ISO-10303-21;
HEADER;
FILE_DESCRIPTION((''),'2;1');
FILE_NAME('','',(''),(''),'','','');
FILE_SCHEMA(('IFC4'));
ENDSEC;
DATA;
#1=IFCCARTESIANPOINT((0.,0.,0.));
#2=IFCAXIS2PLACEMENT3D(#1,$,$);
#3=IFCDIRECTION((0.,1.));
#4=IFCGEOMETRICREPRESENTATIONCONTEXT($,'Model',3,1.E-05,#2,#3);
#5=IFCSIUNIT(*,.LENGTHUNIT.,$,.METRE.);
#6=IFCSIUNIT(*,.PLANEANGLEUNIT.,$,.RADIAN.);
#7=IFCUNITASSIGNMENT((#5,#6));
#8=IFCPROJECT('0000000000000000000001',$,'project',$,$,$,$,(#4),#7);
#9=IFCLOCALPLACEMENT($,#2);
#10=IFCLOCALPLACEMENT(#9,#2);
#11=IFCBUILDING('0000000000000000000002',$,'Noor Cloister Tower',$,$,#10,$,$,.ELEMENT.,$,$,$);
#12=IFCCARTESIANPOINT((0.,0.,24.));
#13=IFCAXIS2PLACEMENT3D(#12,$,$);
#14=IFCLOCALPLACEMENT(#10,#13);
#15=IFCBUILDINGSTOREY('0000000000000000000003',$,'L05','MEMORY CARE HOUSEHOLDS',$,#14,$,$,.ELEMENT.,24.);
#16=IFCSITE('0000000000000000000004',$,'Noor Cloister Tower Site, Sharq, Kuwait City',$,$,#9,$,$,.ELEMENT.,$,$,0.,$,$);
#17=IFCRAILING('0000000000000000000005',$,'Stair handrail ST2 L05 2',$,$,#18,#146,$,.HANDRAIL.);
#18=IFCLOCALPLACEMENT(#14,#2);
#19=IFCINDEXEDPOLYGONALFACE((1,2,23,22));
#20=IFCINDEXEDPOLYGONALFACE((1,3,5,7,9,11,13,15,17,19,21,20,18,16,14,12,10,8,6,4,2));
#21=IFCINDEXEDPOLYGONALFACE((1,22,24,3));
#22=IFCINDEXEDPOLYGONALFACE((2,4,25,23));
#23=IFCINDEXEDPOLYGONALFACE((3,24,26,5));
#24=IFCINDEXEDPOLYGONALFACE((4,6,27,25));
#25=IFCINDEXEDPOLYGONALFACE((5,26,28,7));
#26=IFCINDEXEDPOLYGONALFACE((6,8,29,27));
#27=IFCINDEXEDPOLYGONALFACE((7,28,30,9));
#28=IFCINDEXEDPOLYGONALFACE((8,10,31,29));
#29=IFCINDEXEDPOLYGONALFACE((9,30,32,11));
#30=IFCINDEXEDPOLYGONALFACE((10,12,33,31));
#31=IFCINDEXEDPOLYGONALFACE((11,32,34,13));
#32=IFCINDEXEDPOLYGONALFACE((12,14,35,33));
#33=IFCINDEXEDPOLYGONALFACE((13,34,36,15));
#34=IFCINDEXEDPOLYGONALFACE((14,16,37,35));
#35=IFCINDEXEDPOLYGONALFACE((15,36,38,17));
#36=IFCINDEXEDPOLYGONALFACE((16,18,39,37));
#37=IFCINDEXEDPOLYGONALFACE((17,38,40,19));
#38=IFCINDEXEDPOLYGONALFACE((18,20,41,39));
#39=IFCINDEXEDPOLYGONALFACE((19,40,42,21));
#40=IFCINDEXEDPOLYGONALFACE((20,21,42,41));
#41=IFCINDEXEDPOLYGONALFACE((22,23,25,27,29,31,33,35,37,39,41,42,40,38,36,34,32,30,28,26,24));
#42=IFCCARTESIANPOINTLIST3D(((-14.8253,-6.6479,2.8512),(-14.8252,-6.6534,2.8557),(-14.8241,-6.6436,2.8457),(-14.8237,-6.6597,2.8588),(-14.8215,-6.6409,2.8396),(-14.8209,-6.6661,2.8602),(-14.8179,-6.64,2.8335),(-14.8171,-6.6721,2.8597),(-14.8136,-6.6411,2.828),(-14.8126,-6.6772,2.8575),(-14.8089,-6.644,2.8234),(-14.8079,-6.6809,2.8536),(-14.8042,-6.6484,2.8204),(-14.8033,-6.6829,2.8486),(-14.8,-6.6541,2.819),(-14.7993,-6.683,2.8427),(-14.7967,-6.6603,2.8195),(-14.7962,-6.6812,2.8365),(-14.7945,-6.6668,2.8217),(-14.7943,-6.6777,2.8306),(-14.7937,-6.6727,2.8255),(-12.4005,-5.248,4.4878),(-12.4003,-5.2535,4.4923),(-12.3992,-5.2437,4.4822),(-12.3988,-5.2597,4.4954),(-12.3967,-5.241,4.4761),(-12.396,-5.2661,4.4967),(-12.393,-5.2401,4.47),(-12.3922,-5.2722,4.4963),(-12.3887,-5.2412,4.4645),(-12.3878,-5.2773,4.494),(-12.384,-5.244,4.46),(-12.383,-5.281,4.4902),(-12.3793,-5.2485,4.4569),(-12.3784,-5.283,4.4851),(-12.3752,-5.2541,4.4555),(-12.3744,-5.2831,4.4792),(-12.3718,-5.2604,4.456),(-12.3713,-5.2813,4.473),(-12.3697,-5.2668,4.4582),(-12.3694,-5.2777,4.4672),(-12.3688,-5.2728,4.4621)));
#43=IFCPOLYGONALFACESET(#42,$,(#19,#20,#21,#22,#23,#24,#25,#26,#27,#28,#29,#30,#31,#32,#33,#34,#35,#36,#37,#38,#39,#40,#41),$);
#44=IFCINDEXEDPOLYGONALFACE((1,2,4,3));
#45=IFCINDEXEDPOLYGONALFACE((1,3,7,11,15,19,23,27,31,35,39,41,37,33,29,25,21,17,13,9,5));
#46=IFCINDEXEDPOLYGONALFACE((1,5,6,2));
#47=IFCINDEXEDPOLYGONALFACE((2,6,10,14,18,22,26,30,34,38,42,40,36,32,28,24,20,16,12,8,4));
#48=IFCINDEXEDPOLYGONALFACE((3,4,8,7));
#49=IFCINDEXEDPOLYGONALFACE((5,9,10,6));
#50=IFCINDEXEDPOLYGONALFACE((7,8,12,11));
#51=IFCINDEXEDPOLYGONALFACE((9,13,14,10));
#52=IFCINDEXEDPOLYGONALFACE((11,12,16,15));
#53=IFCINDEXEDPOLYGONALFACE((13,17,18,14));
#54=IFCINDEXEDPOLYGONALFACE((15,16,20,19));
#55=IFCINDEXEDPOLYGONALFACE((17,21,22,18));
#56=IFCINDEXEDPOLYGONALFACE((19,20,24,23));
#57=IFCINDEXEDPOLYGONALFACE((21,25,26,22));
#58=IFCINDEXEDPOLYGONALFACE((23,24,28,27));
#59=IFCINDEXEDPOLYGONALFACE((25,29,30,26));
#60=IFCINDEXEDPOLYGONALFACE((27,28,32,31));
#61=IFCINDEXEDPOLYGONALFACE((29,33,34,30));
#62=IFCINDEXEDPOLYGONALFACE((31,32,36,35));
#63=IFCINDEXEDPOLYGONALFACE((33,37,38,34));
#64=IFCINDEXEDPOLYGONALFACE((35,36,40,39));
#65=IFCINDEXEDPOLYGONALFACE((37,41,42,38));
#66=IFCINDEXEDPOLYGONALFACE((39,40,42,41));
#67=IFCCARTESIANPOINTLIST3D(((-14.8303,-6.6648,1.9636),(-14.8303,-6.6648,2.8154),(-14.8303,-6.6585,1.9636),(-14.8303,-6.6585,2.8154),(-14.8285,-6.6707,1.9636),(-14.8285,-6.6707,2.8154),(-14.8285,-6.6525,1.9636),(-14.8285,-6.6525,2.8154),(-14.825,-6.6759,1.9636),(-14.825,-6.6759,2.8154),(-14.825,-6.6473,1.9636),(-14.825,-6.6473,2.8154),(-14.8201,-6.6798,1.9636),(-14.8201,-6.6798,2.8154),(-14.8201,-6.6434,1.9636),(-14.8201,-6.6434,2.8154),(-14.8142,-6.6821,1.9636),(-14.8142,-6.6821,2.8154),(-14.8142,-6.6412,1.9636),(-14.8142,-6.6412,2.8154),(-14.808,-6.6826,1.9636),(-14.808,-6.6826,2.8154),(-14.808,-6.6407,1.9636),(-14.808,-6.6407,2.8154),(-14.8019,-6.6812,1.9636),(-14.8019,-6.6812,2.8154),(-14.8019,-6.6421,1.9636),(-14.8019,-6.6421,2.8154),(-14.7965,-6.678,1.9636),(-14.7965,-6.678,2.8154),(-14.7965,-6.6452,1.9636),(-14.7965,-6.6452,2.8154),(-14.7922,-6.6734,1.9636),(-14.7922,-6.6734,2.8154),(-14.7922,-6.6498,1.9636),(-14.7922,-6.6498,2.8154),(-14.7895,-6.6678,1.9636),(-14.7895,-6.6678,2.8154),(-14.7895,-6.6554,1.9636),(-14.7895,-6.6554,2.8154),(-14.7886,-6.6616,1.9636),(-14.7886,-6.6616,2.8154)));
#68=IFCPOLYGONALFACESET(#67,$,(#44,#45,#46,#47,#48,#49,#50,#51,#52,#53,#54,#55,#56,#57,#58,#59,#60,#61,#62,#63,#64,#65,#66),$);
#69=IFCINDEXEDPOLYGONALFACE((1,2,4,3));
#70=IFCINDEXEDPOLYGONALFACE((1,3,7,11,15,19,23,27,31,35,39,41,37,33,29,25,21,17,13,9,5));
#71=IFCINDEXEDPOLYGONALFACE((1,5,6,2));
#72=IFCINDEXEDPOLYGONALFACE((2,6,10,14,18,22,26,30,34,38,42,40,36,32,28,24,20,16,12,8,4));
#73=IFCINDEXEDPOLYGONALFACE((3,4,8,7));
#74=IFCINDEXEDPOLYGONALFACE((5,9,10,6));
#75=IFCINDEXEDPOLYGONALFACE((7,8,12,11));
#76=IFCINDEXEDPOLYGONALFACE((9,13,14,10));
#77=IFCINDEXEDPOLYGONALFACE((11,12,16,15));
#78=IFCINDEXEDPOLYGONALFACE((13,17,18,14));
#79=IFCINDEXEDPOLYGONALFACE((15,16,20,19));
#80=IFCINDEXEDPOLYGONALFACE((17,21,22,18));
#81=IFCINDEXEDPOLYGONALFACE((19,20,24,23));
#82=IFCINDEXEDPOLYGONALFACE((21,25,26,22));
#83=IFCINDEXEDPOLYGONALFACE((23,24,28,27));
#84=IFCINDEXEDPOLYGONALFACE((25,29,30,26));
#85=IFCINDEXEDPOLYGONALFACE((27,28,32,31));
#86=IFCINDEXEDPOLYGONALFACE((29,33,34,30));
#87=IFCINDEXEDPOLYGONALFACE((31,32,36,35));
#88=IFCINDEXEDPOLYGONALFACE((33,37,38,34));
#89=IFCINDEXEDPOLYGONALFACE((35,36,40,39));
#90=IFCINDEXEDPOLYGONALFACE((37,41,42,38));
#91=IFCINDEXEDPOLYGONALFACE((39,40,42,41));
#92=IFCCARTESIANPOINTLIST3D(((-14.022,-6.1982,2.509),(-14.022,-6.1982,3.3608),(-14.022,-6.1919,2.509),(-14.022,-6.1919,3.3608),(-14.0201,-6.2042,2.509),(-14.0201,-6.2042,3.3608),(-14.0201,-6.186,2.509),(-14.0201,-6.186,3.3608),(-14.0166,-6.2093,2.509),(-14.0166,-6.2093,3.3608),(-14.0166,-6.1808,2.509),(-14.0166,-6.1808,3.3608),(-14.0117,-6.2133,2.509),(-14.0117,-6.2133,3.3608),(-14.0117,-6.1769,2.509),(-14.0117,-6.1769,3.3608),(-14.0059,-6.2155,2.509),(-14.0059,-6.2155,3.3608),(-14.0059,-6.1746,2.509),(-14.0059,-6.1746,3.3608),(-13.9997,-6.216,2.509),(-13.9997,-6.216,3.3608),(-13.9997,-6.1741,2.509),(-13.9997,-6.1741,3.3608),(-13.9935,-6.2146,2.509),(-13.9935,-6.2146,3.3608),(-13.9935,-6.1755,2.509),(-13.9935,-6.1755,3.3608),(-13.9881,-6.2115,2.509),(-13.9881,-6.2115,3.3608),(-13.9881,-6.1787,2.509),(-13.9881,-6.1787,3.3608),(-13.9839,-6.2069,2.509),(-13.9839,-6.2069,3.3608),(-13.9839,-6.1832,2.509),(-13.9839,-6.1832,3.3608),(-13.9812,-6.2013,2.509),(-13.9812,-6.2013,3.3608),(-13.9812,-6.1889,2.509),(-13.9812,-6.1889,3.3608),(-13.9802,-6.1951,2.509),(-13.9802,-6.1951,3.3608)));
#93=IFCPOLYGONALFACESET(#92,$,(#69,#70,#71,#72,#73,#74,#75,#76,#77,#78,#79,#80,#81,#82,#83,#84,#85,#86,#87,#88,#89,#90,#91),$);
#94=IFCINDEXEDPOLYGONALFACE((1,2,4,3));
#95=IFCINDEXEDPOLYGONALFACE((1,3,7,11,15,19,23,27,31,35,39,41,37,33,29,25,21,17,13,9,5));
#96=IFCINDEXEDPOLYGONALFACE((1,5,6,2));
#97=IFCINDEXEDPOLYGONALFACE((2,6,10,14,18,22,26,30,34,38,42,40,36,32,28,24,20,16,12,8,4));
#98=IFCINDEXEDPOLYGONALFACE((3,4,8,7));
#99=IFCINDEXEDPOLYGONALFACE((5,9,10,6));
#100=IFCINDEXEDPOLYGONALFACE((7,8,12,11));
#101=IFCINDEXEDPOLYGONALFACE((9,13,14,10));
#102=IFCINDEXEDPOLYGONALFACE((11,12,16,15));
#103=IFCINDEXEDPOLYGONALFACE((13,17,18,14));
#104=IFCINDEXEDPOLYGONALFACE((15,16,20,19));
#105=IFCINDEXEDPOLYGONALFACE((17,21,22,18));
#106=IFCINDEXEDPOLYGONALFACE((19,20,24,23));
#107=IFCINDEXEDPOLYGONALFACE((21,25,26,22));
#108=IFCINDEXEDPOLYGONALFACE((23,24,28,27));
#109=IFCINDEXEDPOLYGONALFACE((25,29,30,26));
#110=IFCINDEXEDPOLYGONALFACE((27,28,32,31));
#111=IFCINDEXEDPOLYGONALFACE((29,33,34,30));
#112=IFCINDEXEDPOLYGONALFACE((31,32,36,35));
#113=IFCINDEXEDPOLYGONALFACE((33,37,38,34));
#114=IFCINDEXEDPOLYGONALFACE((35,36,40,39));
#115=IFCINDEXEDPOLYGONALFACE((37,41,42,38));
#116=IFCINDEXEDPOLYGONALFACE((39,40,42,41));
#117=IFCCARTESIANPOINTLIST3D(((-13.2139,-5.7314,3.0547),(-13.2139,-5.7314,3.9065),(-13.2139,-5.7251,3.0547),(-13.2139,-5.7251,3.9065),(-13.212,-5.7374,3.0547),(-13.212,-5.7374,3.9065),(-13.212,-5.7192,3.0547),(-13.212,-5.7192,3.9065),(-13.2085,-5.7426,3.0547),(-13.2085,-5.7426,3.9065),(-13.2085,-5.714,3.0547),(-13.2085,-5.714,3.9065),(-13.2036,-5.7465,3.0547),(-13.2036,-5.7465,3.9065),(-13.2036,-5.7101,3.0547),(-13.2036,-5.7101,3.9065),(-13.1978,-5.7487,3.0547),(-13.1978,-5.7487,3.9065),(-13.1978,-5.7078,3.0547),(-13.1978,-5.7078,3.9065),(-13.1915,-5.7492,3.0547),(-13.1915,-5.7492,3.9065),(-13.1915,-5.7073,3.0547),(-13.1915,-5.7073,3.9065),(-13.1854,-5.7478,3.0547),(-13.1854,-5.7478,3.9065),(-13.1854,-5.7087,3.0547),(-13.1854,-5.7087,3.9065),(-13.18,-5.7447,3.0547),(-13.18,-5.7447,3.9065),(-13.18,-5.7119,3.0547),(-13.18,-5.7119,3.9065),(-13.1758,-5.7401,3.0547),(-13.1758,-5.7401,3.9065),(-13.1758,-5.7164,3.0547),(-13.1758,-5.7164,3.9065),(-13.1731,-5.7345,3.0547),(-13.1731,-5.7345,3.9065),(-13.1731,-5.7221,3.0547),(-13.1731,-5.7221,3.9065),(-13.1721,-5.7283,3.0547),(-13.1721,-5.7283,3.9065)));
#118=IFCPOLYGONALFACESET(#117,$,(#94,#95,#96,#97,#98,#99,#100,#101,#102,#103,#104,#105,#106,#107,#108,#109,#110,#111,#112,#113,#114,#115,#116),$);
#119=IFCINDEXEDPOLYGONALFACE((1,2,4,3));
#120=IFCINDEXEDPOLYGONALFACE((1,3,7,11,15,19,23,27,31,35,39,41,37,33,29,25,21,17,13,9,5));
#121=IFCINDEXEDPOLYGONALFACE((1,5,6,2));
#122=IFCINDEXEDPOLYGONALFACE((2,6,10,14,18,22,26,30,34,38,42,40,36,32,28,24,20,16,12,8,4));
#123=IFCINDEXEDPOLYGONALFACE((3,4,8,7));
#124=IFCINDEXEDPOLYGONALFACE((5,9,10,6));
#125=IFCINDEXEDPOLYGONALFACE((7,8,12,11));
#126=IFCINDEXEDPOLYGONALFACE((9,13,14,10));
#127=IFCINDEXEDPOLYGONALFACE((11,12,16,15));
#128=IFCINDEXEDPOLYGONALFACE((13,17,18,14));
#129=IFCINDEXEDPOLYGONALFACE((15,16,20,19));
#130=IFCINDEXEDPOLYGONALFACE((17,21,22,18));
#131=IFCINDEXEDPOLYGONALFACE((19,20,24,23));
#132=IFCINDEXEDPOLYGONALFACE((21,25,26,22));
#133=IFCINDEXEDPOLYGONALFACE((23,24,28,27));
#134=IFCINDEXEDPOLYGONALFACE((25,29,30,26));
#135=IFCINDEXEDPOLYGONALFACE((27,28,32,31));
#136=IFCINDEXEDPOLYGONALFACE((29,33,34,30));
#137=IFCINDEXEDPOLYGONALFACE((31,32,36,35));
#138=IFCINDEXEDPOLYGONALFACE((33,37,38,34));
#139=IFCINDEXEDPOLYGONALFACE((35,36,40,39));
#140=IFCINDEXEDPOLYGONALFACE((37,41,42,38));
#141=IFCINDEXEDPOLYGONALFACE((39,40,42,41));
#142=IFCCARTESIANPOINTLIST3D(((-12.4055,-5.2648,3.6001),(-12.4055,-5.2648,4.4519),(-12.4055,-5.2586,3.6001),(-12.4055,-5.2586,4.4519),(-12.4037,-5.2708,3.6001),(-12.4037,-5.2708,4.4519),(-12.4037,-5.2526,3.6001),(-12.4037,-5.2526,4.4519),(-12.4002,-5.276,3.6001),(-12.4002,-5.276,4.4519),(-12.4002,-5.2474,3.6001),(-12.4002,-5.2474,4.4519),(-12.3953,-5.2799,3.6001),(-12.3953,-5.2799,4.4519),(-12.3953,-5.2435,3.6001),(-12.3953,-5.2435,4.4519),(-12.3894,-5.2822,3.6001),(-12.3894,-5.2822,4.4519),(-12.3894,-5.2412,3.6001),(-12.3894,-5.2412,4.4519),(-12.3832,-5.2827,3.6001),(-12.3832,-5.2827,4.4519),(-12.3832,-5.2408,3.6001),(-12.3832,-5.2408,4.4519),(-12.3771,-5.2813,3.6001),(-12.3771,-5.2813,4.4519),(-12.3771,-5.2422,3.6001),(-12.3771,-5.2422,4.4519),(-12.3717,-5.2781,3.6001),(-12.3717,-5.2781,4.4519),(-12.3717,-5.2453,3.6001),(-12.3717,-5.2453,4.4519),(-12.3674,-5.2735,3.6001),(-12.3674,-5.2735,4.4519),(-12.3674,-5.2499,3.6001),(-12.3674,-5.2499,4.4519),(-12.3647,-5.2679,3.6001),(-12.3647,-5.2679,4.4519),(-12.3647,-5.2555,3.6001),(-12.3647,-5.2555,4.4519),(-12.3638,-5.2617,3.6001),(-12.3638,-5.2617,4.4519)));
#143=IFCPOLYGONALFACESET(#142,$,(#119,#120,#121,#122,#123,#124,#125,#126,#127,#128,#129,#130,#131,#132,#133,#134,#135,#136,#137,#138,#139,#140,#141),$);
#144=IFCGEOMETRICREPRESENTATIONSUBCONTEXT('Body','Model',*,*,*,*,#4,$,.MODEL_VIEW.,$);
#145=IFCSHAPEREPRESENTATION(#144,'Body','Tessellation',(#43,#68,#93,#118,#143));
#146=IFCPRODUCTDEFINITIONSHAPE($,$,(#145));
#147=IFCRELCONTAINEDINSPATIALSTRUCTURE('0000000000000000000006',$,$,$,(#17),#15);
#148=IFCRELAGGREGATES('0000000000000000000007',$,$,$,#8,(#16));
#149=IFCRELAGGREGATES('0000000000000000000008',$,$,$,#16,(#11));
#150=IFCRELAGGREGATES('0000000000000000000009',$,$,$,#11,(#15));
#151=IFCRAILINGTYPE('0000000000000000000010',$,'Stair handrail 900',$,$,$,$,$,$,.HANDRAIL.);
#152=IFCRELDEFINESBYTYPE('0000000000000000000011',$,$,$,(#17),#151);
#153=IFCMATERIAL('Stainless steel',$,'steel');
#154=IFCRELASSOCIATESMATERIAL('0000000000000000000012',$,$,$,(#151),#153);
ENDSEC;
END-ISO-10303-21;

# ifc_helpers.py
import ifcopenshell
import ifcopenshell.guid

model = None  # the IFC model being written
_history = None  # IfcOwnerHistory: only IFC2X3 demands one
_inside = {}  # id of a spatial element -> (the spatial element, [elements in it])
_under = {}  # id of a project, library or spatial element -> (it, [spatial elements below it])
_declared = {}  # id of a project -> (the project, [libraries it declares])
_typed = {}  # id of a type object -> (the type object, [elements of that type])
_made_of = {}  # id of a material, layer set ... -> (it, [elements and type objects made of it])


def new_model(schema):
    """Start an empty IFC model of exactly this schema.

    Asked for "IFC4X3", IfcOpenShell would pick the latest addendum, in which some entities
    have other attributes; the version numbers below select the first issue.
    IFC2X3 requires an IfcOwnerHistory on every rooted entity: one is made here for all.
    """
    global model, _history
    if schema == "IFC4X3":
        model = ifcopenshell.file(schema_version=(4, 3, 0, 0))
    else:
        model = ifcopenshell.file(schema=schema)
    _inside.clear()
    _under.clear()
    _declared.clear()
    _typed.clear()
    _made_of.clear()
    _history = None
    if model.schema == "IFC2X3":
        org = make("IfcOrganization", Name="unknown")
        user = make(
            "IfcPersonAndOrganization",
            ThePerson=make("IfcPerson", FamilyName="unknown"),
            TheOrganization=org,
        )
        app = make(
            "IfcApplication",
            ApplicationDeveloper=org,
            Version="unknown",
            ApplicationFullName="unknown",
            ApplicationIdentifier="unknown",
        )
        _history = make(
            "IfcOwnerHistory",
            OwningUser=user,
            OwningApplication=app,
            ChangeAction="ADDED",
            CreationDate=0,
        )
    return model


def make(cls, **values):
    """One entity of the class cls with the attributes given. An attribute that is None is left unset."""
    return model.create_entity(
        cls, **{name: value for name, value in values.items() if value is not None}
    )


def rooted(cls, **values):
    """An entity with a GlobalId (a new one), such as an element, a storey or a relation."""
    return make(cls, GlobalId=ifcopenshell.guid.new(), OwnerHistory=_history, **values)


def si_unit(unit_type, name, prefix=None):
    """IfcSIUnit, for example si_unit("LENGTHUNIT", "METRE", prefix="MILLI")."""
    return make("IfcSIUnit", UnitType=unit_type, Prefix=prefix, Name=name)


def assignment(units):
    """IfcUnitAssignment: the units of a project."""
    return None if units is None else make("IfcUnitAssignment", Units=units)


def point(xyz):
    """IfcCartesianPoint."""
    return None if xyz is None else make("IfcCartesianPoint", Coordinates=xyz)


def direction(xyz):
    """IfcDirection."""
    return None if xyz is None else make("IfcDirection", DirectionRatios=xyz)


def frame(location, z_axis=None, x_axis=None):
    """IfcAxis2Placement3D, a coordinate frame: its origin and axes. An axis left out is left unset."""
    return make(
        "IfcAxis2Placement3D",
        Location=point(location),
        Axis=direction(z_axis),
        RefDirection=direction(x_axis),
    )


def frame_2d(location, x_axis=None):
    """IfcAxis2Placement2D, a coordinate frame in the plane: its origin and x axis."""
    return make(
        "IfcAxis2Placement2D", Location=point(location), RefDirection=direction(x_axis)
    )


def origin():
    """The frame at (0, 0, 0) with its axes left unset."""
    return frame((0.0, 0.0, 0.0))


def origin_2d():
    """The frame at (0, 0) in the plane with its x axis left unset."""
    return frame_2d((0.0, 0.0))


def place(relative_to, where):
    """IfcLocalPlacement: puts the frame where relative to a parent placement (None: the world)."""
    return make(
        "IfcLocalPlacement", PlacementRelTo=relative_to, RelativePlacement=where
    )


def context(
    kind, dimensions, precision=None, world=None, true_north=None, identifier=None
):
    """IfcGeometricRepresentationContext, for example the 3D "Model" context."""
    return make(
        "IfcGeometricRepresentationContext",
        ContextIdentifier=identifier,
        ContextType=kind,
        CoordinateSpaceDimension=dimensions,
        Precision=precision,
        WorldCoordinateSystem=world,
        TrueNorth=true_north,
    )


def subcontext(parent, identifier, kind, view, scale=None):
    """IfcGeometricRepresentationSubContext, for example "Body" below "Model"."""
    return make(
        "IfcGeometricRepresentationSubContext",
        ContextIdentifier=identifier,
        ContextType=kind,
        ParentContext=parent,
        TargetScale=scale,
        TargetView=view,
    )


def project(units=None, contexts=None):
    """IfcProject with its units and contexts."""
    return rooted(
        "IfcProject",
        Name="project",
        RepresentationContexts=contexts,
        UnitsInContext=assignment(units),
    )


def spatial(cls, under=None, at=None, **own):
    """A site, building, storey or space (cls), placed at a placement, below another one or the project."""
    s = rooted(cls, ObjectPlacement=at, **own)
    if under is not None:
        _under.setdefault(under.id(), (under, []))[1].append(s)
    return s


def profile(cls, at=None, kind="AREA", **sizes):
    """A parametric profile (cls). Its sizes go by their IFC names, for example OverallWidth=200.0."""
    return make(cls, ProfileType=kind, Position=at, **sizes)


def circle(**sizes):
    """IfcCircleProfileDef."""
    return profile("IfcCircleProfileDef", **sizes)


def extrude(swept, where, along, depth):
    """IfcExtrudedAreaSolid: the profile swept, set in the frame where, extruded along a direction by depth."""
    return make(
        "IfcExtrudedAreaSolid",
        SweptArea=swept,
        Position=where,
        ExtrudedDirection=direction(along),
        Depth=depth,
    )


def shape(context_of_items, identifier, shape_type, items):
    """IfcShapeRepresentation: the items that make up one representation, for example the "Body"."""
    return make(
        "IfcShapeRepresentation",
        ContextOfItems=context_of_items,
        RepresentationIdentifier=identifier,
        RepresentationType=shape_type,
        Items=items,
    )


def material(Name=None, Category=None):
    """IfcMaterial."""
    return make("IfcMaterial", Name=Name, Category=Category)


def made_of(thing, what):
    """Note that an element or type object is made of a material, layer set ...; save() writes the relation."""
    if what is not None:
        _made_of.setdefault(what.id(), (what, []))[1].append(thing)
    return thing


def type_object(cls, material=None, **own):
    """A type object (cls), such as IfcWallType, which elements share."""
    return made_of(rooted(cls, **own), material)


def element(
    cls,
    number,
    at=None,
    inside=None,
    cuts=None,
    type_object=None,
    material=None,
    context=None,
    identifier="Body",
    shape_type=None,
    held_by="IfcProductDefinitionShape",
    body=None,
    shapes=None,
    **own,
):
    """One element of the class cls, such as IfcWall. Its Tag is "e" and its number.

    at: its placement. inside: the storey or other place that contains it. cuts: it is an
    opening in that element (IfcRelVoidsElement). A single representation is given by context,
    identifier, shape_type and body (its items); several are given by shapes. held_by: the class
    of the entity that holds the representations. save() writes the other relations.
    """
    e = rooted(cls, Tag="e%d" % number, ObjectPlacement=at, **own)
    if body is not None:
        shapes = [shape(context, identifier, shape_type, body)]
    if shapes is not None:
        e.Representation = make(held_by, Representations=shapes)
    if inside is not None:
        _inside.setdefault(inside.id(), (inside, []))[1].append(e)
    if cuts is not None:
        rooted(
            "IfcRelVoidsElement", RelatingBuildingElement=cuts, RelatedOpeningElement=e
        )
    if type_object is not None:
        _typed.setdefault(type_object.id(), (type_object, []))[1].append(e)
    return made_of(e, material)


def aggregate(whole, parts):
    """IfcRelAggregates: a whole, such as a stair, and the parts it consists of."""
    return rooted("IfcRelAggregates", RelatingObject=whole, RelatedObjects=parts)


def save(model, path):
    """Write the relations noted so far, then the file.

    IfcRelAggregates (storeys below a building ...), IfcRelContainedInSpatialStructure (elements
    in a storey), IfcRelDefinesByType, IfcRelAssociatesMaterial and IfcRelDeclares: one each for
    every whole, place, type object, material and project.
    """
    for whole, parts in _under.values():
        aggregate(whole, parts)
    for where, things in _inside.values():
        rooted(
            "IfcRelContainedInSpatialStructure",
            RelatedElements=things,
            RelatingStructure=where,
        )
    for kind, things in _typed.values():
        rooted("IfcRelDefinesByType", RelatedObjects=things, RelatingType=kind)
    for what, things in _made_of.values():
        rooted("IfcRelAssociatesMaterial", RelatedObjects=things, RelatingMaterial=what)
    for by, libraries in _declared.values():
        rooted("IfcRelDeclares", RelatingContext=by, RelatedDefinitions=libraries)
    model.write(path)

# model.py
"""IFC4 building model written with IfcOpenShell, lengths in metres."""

from ifc_helpers import new_model, si_unit, direction, frame, origin, origin_2d, place, context, subcontext, project, spatial, circle, extrude, material, type_object, element, save


model = new_model("IFC4")

# Units and contexts
model_context = context("Model", 3, precision=1e-05, world=origin(), true_north=direction((0.0, 1.0)))
body_context = subcontext(model_context, "Body", "Model", "MODEL_VIEW")
ifc_project = project(units=[si_unit("LENGTHUNIT", "METRE"), si_unit("PLANEANGLEUNIT", "RADIAN")], contexts=[model_context])

# Site, building, storey
site_placement = place(None, origin())
site = spatial("IfcSite", under=ifc_project, at=site_placement, Name="Noor Cloister Tower Site, Sharq, Kuwait City", CompositionType="ELEMENT", RefElevation=0.0)
building_placement = place(site_placement, origin())
building = spatial("IfcBuilding", under=site, at=building_placement, Name="Noor Cloister Tower", CompositionType="ELEMENT")
storey_placement = place(building_placement, frame((0.0, 0.0, 24.0)))
storey = spatial("IfcBuildingStorey", under=building, at=storey_placement, Name="L05", Description="MEMORY CARE HOUSEHOLDS", CompositionType="ELEMENT", Elevation=24.0)

# Railing
ifc_material_1 = material(Name="Stainless steel", Category="steel")
railing_type_1 = type_object("IfcRailingType", Name="Stair handrail 900", PredefinedType="HANDRAIL", material=ifc_material_1)
railing_1_placement = place(storey_placement, frame((-14.8096, -6.6616, 1.9636)))
element("IfcRailing", 1, at=railing_1_placement, inside=storey, type_object=railing_type_1, Name="Stair handrail ST2 L05 2", PredefinedType="HANDRAIL", context=body_context, shape_type="SweptSolid", body=[
    extrude(circle(Radius=0.0239, at=origin_2d()), frame((0.0, 0.0, 0.876), z_axis=(0.74769, 0.431661, 0.504608), x_axis=(-0.499984, 0.866035, 0.0)), (0.0, 0.0, 1.0), 3.2432),
    extrude(circle(Radius=0.021, at=origin_2d()), origin(), (0.0, 0.0, 1.0), 0.8518),
    extrude(circle(Radius=0.021, at=origin_2d()), frame((0.8083, 0.4666, 0.5454)), (0.0, 0.0, 1.0), 0.8518),
    extrude(circle(Radius=0.021, at=origin_2d()), frame((1.6165, 0.9333, 1.0911)), (0.0, 0.0, 1.0), 0.8518),
    extrude(circle(Radius=0.021, at=origin_2d()), frame((2.4248, 1.3999, 1.6365)), (0.0, 0.0, 1.0), 0.8518),
])

save(model, "model.ifc")
